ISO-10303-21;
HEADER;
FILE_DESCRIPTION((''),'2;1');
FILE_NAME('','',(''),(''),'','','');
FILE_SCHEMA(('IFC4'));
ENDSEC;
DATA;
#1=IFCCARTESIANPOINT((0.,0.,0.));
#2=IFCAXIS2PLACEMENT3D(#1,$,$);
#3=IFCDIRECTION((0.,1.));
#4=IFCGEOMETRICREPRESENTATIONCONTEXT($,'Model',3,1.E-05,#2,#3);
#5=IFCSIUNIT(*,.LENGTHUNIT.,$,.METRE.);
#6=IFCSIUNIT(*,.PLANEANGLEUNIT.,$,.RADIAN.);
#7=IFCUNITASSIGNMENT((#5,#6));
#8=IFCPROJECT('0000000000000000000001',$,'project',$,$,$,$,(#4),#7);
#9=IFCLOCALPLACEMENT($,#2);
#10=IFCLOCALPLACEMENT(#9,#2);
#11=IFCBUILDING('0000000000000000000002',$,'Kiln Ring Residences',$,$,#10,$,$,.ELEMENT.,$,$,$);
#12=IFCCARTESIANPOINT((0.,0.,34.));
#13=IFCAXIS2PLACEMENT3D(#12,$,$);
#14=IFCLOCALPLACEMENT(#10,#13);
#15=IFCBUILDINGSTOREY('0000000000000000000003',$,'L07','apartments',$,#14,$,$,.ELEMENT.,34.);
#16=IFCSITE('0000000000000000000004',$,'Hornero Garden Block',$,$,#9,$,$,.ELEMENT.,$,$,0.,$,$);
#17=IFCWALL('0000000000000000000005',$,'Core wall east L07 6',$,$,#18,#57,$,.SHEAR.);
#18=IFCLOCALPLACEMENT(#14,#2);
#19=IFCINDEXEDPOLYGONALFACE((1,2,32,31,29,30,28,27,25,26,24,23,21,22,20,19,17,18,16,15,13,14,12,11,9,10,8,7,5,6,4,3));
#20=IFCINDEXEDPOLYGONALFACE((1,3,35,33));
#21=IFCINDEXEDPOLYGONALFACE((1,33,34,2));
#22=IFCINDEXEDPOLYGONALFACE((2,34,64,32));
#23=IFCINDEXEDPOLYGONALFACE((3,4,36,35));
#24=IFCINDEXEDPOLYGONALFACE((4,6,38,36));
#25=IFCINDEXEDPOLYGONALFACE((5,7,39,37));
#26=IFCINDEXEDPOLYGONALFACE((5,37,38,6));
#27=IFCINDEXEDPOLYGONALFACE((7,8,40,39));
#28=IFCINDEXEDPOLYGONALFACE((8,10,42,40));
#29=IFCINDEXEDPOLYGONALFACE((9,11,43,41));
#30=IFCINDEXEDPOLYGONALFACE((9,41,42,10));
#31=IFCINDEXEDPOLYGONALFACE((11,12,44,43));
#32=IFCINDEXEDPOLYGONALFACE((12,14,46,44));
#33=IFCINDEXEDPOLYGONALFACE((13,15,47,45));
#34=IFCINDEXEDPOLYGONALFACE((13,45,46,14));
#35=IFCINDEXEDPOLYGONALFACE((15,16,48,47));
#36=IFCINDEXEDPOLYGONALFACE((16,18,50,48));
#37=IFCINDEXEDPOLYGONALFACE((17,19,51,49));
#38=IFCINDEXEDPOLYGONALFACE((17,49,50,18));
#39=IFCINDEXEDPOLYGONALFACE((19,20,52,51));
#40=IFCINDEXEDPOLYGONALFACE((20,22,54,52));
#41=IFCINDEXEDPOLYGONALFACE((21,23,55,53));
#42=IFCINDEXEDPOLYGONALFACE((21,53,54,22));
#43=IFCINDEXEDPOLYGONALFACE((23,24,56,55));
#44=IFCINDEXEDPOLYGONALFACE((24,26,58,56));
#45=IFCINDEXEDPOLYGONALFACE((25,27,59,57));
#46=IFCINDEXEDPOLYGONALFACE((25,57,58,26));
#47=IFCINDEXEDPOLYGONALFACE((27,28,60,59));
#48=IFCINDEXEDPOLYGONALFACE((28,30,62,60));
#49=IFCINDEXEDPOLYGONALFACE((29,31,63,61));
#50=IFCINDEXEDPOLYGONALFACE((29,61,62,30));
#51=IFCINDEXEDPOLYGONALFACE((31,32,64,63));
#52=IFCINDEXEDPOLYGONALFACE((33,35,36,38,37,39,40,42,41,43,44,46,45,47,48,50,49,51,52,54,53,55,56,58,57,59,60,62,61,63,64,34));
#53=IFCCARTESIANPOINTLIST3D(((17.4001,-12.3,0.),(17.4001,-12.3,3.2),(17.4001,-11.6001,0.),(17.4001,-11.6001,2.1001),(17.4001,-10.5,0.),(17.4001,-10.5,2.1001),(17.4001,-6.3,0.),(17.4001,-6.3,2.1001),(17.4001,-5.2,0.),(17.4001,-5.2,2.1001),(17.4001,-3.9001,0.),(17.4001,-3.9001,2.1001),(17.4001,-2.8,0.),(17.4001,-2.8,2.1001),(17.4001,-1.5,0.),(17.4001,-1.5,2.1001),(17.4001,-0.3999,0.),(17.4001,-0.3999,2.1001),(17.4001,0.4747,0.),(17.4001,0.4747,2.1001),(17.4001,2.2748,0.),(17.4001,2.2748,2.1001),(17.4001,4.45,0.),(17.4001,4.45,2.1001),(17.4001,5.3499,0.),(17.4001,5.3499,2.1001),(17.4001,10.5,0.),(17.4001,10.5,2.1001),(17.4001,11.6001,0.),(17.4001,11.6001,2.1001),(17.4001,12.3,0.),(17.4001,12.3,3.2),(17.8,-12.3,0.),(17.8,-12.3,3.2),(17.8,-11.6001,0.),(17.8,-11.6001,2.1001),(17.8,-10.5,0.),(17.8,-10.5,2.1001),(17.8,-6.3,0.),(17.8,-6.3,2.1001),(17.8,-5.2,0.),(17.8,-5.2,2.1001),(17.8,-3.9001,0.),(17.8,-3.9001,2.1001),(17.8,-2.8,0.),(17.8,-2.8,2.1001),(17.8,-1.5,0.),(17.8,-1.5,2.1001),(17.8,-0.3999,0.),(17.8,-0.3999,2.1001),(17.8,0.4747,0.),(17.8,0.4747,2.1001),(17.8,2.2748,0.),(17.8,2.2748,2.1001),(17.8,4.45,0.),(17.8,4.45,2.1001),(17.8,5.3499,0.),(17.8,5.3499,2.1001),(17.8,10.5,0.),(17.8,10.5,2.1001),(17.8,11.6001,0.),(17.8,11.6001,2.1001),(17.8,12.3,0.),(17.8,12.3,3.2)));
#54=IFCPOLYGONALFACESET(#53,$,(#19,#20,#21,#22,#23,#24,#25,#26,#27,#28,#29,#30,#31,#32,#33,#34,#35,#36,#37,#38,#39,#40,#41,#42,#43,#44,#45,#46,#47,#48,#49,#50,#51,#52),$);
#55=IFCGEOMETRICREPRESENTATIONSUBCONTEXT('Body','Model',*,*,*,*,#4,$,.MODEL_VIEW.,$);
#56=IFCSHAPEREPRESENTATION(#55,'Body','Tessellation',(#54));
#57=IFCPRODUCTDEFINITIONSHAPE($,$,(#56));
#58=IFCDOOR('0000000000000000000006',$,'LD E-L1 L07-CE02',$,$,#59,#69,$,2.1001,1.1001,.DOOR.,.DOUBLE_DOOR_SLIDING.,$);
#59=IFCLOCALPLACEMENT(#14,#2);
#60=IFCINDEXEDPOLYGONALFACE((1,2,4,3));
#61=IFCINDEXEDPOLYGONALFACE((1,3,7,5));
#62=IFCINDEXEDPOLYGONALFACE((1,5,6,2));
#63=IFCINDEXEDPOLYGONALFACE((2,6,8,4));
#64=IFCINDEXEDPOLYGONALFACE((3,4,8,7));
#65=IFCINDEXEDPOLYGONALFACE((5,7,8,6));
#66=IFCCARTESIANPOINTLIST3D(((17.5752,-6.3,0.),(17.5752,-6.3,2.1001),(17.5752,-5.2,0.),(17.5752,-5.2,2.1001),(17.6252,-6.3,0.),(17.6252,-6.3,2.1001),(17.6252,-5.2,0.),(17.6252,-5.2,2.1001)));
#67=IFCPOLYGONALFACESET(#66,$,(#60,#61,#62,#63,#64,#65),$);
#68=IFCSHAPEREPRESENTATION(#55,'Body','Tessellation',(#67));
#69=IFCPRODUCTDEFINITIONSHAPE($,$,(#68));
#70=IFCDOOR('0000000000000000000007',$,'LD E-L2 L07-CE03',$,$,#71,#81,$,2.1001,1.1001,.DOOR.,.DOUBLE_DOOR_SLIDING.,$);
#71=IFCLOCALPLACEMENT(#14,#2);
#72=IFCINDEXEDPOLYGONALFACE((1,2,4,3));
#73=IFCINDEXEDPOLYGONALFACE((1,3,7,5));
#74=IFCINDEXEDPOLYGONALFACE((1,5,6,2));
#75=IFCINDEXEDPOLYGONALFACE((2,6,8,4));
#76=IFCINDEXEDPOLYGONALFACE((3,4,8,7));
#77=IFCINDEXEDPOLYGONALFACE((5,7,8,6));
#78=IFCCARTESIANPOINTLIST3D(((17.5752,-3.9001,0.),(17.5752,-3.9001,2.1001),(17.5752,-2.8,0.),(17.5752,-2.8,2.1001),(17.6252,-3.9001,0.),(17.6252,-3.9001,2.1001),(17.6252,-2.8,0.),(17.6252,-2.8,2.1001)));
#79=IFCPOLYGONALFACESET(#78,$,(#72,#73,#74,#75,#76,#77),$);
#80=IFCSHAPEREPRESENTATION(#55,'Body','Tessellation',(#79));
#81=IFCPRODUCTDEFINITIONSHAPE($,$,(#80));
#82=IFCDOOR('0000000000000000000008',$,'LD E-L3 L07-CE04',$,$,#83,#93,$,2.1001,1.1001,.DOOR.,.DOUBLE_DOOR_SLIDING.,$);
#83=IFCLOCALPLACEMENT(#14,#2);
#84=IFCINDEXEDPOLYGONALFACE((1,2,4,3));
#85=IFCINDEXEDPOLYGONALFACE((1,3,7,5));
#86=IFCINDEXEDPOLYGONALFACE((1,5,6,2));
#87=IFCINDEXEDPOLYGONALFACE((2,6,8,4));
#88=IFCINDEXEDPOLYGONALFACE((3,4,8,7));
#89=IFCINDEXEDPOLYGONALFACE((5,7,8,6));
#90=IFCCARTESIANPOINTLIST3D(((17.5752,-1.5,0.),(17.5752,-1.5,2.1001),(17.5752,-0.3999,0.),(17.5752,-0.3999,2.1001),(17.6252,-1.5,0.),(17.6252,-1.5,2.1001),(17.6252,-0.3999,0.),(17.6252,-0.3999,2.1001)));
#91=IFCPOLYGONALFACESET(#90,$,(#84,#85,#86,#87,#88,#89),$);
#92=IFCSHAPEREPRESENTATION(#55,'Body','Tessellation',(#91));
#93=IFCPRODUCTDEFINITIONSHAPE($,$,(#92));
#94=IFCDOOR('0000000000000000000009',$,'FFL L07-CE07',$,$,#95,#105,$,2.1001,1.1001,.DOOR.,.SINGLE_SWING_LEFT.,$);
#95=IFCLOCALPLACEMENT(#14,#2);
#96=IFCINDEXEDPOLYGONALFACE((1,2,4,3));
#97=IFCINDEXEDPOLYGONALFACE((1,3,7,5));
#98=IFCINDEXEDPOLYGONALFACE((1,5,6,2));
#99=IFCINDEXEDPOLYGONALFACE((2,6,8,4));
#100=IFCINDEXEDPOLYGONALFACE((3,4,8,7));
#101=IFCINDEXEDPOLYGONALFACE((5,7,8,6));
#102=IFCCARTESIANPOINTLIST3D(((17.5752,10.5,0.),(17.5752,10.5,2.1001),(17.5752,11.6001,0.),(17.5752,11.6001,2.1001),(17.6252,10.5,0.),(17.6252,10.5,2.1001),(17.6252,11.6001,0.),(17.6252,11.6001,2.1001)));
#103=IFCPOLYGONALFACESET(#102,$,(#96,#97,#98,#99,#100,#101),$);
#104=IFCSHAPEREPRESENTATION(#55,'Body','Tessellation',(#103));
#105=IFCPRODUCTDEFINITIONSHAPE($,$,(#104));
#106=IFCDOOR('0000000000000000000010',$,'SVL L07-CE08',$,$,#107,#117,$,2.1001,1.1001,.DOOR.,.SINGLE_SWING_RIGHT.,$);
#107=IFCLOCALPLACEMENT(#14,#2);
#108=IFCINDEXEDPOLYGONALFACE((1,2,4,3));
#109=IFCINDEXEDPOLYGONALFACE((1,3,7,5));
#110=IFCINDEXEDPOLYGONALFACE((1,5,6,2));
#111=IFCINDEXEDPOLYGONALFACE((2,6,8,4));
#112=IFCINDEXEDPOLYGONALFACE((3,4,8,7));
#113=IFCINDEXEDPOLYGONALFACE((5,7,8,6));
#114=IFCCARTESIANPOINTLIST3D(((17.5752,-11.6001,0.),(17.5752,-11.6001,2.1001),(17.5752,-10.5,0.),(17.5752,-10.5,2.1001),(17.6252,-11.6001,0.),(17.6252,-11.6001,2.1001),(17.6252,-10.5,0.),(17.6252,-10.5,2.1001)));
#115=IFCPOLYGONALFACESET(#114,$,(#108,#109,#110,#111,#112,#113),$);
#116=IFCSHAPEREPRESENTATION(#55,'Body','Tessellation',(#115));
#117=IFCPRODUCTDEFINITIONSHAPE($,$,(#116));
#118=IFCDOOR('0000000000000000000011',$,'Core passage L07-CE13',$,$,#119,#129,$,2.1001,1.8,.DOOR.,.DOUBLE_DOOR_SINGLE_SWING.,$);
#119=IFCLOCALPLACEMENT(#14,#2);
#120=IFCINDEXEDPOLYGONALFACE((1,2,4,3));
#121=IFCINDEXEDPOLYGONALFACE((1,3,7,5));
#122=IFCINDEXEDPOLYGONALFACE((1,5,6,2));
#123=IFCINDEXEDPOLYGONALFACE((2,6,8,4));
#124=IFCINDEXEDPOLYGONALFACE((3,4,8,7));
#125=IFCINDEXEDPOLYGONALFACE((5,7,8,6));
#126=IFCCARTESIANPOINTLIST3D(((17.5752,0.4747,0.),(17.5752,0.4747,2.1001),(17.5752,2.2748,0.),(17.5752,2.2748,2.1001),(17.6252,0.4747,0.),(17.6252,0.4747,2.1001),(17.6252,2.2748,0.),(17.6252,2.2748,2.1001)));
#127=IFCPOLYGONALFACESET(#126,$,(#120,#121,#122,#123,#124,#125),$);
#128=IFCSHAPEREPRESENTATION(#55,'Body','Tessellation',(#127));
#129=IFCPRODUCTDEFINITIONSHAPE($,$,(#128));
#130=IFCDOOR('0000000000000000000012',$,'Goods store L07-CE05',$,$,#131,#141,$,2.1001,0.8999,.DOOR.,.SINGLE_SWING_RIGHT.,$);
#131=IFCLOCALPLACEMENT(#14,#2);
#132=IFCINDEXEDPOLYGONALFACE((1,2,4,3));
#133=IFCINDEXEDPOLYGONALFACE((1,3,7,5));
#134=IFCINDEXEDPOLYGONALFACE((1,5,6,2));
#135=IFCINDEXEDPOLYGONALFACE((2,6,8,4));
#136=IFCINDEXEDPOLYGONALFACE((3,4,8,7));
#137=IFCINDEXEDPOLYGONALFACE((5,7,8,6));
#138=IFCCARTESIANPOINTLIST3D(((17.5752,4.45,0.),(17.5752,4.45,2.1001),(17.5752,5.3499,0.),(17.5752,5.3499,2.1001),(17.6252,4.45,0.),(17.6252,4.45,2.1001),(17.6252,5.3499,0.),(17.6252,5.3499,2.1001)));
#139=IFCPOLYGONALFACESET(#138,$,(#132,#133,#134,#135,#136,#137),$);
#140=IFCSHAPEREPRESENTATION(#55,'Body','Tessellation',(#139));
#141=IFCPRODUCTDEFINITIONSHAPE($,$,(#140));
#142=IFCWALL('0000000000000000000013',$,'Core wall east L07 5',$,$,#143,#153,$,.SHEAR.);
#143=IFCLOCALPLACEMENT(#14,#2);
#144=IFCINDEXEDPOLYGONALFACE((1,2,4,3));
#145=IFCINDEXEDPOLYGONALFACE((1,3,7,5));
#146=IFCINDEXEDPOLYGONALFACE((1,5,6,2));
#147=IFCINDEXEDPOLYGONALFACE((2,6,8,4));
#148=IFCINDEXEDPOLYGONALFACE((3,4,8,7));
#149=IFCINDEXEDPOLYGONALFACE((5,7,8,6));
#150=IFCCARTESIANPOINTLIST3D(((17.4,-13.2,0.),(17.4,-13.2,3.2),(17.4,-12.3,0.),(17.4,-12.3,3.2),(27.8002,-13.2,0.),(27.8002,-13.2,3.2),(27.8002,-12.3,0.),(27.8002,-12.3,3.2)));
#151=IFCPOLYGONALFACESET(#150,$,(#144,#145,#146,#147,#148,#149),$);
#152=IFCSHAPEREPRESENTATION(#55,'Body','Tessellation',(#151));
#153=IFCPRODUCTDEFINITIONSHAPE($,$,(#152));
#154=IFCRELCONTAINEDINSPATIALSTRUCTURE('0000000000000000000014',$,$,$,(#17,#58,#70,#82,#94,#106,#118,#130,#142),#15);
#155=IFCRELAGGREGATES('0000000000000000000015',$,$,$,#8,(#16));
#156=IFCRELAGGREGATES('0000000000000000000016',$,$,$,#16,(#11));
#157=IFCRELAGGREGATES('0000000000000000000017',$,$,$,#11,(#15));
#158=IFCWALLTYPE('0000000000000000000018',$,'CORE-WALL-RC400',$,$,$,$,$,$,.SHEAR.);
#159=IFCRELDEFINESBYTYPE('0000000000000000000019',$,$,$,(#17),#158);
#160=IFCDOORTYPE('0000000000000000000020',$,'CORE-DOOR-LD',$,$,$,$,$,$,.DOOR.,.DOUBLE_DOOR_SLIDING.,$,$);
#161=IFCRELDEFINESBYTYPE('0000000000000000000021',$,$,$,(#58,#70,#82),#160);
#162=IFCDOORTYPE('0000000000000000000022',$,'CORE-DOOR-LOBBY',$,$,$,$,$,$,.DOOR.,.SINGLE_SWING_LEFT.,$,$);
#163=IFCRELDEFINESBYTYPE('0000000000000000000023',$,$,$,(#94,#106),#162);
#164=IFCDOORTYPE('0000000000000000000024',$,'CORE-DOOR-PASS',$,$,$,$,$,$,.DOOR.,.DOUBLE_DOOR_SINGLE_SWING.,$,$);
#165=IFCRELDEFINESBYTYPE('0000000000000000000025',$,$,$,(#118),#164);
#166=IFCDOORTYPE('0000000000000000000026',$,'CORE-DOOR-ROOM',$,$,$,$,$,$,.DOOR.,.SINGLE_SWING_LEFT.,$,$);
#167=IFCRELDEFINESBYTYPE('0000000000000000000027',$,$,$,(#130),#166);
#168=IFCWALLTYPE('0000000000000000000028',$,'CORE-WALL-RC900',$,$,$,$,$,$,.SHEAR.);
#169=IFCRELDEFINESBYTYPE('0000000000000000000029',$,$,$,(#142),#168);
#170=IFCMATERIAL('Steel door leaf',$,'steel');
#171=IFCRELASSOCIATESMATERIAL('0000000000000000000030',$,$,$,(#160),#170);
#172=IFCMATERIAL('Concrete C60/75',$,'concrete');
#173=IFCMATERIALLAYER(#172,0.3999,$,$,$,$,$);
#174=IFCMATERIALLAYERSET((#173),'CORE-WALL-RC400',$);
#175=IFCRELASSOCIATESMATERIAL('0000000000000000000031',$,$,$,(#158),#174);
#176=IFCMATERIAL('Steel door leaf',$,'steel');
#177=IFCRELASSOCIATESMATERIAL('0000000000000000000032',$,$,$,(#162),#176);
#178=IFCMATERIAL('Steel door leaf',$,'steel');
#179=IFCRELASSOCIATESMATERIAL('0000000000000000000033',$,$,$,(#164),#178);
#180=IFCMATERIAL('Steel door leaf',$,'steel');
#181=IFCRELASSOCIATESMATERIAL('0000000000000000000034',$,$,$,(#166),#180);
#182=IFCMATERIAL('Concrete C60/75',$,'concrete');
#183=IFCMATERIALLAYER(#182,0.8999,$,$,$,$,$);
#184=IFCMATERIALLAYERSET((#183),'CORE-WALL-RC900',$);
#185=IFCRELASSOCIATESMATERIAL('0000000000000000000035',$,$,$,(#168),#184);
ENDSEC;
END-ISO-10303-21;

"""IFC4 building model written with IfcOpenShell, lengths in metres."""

from ifc_helpers import new_model, si_unit, direction, frame, frame_2d, origin, place, context, subcontext, project, spatial, rectangle, extrude, material, layer, layer_set, type_object, element, fill, save


model = new_model("IFC4")

# Units and contexts
model_context = context("Model", 3, precision=1e-05, world=origin(), true_north=direction((0.0, 1.0)))
body_context = subcontext(model_context, "Body", "Model", "MODEL_VIEW")
ifc_project = project(units=[si_unit("LENGTHUNIT", "METRE"), si_unit("PLANEANGLEUNIT", "RADIAN")], contexts=[model_context])

# Site, building, storey
site_placement = place(None, origin())
site = spatial("IfcSite", under=ifc_project, at=site_placement, Name="Hornero Garden Block", CompositionType="ELEMENT", RefElevation=0.0)
building_placement = place(site_placement, origin())
building = spatial("IfcBuilding", under=site, at=building_placement, Name="Kiln Ring Residences", CompositionType="ELEMENT")
storey_placement = place(building_placement, frame((0.0, 0.0, 34.0)))
storey = spatial("IfcBuildingStorey", under=building, at=storey_placement, Name="L07", Description="apartments", CompositionType="ELEMENT", Elevation=34.0)

# Wall, openings, doors
ifc_material_1 = material(Name="Steel door leaf", Category="steel")
door_type_1 = type_object("IfcDoorType", Name="CORE-DOOR-LD", OperationType="DOUBLE_DOOR_SLIDING", PredefinedType="DOOR", material=ifc_material_1)
ifc_material_2 = material(Name="Concrete C60/75", Category="concrete")
ifc_layer_1 = layer(ifc_material_2, 0.3999)
ifc_layer_set_1 = layer_set([ifc_layer_1], Name="CORE-WALL-RC400")
wall_type_1 = type_object("IfcWallType", Name="CORE-WALL-RC400", PredefinedType="SHEAR", material=ifc_layer_set_1)
wall_1_placement = place(storey_placement, frame((17.6001, -12.3, 0.0), z_axis=(0.0, 0.0, 1.0), x_axis=(0.0, 1.0, 0.0)))
wall_1 = element("IfcWall", 1, at=wall_1_placement, inside=storey, type_object=wall_type_1, Name="Core wall east L07 6", PredefinedType="SHEAR", context=body_context, shape_type="SweptSolid", body=[
    extrude(rectangle(XDim=24.6001, YDim=0.3999, at=frame_2d((12.3, 0.0))), origin(), (0.0, 0.0, 1.0), 3.2),
])
opening_1_placement = place(wall_1_placement, frame((6.0, 0.0, 0.0)))
opening_1 = element("IfcOpeningElement", 2, at=opening_1_placement, cuts=wall_1, PredefinedType="OPENING", context=body_context, shape_type="SweptSolid", body=[
    extrude(rectangle(XDim=1.1001, YDim=2.1001, at=frame_2d((0.55, 1.05))), frame((0.0, 0.21, 0.0), z_axis=(0.0, -1.0, 0.0), x_axis=(1.0, 0.0, 0.0)), (0.0, 0.0, 1.0), 0.4199),
])
opening_2_placement = place(wall_1_placement, frame((8.3999, 0.0, 0.0)))
opening_2 = element("IfcOpeningElement", 3, at=opening_2_placement, cuts=wall_1, PredefinedType="OPENING", context=body_context, shape_type="SweptSolid", body=[
    extrude(rectangle(XDim=1.1001, YDim=2.1001, at=frame_2d((0.55, 1.05))), frame((0.0, 0.21, 0.0), z_axis=(0.0, -1.0, 0.0), x_axis=(1.0, 0.0, 0.0)), (0.0, 0.0, 1.0), 0.4199),
])
opening_3_placement = place(wall_1_placement, frame((10.8, 0.0, 0.0)))
opening_3 = element("IfcOpeningElement", 4, at=opening_3_placement, cuts=wall_1, PredefinedType="OPENING", context=body_context, shape_type="SweptSolid", body=[
    extrude(rectangle(XDim=1.1001, YDim=2.1001, at=frame_2d((0.55, 1.05))), frame((0.0, 0.21, 0.0), z_axis=(0.0, -1.0, 0.0), x_axis=(1.0, 0.0, 0.0)), (0.0, 0.0, 1.0), 0.4199),
])
opening_4_placement = place(wall_1_placement, frame((16.75, 0.0, 0.0)))
opening_4 = element("IfcOpeningElement", 5, at=opening_4_placement, cuts=wall_1, PredefinedType="OPENING", context=body_context, shape_type="SweptSolid", body=[
    extrude(rectangle(XDim=0.8999, YDim=2.1001, at=frame_2d((0.45, 1.05))), frame((0.0, 0.21, 0.0), z_axis=(0.0, -1.0, 0.0), x_axis=(1.0, 0.0, 0.0)), (0.0, 0.0, 1.0), 0.4199),
])
opening_5_placement = place(wall_1_placement, frame((22.8, 0.0, 0.0)))
opening_5 = element("IfcOpeningElement", 6, at=opening_5_placement, cuts=wall_1, PredefinedType="OPENING", context=body_context, shape_type="SweptSolid", body=[
    extrude(rectangle(XDim=1.1001, YDim=2.1001, at=frame_2d((0.55, 1.05))), frame((0.0, 0.21, 0.0), z_axis=(0.0, -1.0, 0.0), x_axis=(1.0, 0.0, 0.0)), (0.0, 0.0, 1.0), 0.4199),
])
opening_6_placement = place(wall_1_placement, frame((0.7, 0.0, 0.0)))
opening_6 = element("IfcOpeningElement", 7, at=opening_6_placement, cuts=wall_1, PredefinedType="OPENING", context=body_context, shape_type="SweptSolid", body=[
    extrude(rectangle(XDim=1.1001, YDim=2.1001, at=frame_2d((0.55, 1.05))), frame((0.0, 0.21, 0.0), z_axis=(0.0, -1.0, 0.0), x_axis=(1.0, 0.0, 0.0)), (0.0, 0.0, 1.0), 0.4199),
])
opening_7_placement = place(wall_1_placement, frame((12.7749, 0.0, 0.0)))
opening_7 = element("IfcOpeningElement", 8, at=opening_7_placement, cuts=wall_1, PredefinedType="OPENING", context=body_context, shape_type="SweptSolid", body=[
    extrude(rectangle(XDim=1.8, YDim=2.1001, at=frame_2d((0.8999, 1.05))), frame((0.0, 0.21, 0.0), z_axis=(0.0, -1.0, 0.0), x_axis=(1.0, 0.0, 0.0)), (0.0, 0.0, 1.0), 0.4199),
])
door_1_placement = place(opening_1_placement, origin())
door_1 = element("IfcDoor", 9, at=door_1_placement, inside=storey, type_object=door_type_1, Name="LD E-L1 L07-CE02", OperationType="DOUBLE_DOOR_SLIDING", OverallHeight=2.1001, OverallWidth=1.1001, PredefinedType="DOOR", context=body_context, shape_type="SweptSolid", body=[
    extrude(rectangle(XDim=1.1001, YDim=2.1001, at=frame_2d((0.55, 1.05))), frame((0.0, 0.0249, 0.0), z_axis=(0.0, -1.0, 0.0), x_axis=(1.0, 0.0, 0.0)), (0.0, 0.0, 1.0), 0.05),
])
fill(opening_1, door_1)
door_2_placement = place(opening_2_placement, origin())
door_2 = element("IfcDoor", 10, at=door_2_placement, inside=storey, type_object=door_type_1, Name="LD E-L2 L07-CE03", OperationType="DOUBLE_DOOR_SLIDING", OverallHeight=2.1001, OverallWidth=1.1001, PredefinedType="DOOR", context=body_context, shape_type="SweptSolid", body=[
    extrude(rectangle(XDim=1.1001, YDim=2.1001, at=frame_2d((0.55, 1.05))), frame((0.0, 0.0249, 0.0), z_axis=(0.0, -1.0, 0.0), x_axis=(1.0, 0.0, 0.0)), (0.0, 0.0, 1.0), 0.05),
])
fill(opening_2, door_2)
door_3_placement = place(opening_3_placement, origin())
door_3 = element("IfcDoor", 11, at=door_3_placement, inside=storey, type_object=door_type_1, Name="LD E-L3 L07-CE04", OperationType="DOUBLE_DOOR_SLIDING", OverallHeight=2.1001, OverallWidth=1.1001, PredefinedType="DOOR", context=body_context, shape_type="SweptSolid", body=[
    extrude(rectangle(XDim=1.1001, YDim=2.1001, at=frame_2d((0.55, 1.05))), frame((0.0, 0.0249, 0.0), z_axis=(0.0, -1.0, 0.0), x_axis=(1.0, 0.0, 0.0)), (0.0, 0.0, 1.0), 0.05),
])
fill(opening_3, door_3)
ifc_material_3 = material(Name="Steel door leaf", Category="steel")
door_type_2 = type_object("IfcDoorType", Name="CORE-DOOR-LOBBY", OperationType="SINGLE_SWING_LEFT", PredefinedType="DOOR", material=ifc_material_3)
door_4_placement = place(opening_5_placement, origin())
door_4 = element("IfcDoor", 12, at=door_4_placement, inside=storey, type_object=door_type_2, Name="FFL L07-CE07", OperationType="SINGLE_SWING_LEFT", OverallHeight=2.1001, OverallWidth=1.1001, PredefinedType="DOOR", context=body_context, shape_type="SweptSolid", body=[
    extrude(rectangle(XDim=1.1001, YDim=2.1001, at=frame_2d((0.55, 1.05))), frame((0.0, 0.0249, 0.0), z_axis=(0.0, -1.0, 0.0), x_axis=(1.0, 0.0, 0.0)), (0.0, 0.0, 1.0), 0.05),
])
fill(opening_5, door_4)
door_5_placement = place(opening_6_placement, origin())
door_5 = element("IfcDoor", 13, at=door_5_placement, inside=storey, type_object=door_type_2, Name="SVL L07-CE08", OperationType="SINGLE_SWING_RIGHT", OverallHeight=2.1001, OverallWidth=1.1001, PredefinedType="DOOR", context=body_context, shape_type="SweptSolid", body=[
    extrude(rectangle(XDim=1.1001, YDim=2.1001, at=frame_2d((0.55, 1.05))), frame((0.0, 0.0249, 0.0), z_axis=(0.0, -1.0, 0.0), x_axis=(1.0, 0.0, 0.0)), (0.0, 0.0, 1.0), 0.05),
])
fill(opening_6, door_5)
ifc_material_4 = material(Name="Steel door leaf", Category="steel")
door_type_3 = type_object("IfcDoorType", Name="CORE-DOOR-PASS", OperationType="DOUBLE_DOOR_SINGLE_SWING", PredefinedType="DOOR", material=ifc_material_4)
door_6_placement = place(opening_7_placement, origin())
door_6 = element("IfcDoor", 14, at=door_6_placement, inside=storey, type_object=door_type_3, Name="Core passage L07-CE13", OperationType="DOUBLE_DOOR_SINGLE_SWING", OverallHeight=2.1001, OverallWidth=1.8, PredefinedType="DOOR", context=body_context, shape_type="SweptSolid", body=[
    extrude(rectangle(XDim=1.8, YDim=2.1001, at=frame_2d((0.8999, 1.05))), frame((0.0, 0.0249, 0.0), z_axis=(0.0, -1.0, 0.0), x_axis=(1.0, 0.0, 0.0)), (0.0, 0.0, 1.0), 0.05),
])
fill(opening_7, door_6)
ifc_material_5 = material(Name="Steel door leaf", Category="steel")
door_type_4 = type_object("IfcDoorType", Name="CORE-DOOR-ROOM", OperationType="SINGLE_SWING_LEFT", PredefinedType="DOOR", material=ifc_material_5)
door_7_placement = place(opening_4_placement, origin())
door_7 = element("IfcDoor", 15, at=door_7_placement, inside=storey, type_object=door_type_4, Name="Goods store L07-CE05", OperationType="SINGLE_SWING_RIGHT", OverallHeight=2.1001, OverallWidth=0.8999, PredefinedType="DOOR", context=body_context, shape_type="SweptSolid", body=[
    extrude(rectangle(XDim=0.8999, YDim=2.1001, at=frame_2d((0.45, 1.05))), frame((0.0, 0.0249, 0.0), z_axis=(0.0, -1.0, 0.0), x_axis=(1.0, 0.0, 0.0)), (0.0, 0.0, 1.0), 0.05),
])
fill(opening_4, door_7)

# Wall
ifc_material_6 = material(Name="Concrete C60/75", Category="concrete")
ifc_layer_2 = layer(ifc_material_6, 0.8999)
ifc_layer_set_2 = layer_set([ifc_layer_2], Name="CORE-WALL-RC900")
wall_type_2 = type_object("IfcWallType", Name="CORE-WALL-RC900", PredefinedType="SHEAR", material=ifc_layer_set_2)
wall_2_placement = place(storey_placement, frame((17.3999, -12.75, 0.0), z_axis=(0.0, 0.0, 1.0), x_axis=(1.0, 0.0, 0.0)))
element("IfcWall", 16, at=wall_2_placement, inside=storey, type_object=wall_type_2, Name="Core wall east L07 5", PredefinedType="SHEAR", context=body_context, shape_type="SweptSolid", body=[
    extrude(rectangle(XDim=10.4001, YDim=0.8999, at=frame_2d((5.2002, 0.0))), origin(), (0.0, 0.0, 1.0), 3.2),
])

save(model, "model.ifc")
